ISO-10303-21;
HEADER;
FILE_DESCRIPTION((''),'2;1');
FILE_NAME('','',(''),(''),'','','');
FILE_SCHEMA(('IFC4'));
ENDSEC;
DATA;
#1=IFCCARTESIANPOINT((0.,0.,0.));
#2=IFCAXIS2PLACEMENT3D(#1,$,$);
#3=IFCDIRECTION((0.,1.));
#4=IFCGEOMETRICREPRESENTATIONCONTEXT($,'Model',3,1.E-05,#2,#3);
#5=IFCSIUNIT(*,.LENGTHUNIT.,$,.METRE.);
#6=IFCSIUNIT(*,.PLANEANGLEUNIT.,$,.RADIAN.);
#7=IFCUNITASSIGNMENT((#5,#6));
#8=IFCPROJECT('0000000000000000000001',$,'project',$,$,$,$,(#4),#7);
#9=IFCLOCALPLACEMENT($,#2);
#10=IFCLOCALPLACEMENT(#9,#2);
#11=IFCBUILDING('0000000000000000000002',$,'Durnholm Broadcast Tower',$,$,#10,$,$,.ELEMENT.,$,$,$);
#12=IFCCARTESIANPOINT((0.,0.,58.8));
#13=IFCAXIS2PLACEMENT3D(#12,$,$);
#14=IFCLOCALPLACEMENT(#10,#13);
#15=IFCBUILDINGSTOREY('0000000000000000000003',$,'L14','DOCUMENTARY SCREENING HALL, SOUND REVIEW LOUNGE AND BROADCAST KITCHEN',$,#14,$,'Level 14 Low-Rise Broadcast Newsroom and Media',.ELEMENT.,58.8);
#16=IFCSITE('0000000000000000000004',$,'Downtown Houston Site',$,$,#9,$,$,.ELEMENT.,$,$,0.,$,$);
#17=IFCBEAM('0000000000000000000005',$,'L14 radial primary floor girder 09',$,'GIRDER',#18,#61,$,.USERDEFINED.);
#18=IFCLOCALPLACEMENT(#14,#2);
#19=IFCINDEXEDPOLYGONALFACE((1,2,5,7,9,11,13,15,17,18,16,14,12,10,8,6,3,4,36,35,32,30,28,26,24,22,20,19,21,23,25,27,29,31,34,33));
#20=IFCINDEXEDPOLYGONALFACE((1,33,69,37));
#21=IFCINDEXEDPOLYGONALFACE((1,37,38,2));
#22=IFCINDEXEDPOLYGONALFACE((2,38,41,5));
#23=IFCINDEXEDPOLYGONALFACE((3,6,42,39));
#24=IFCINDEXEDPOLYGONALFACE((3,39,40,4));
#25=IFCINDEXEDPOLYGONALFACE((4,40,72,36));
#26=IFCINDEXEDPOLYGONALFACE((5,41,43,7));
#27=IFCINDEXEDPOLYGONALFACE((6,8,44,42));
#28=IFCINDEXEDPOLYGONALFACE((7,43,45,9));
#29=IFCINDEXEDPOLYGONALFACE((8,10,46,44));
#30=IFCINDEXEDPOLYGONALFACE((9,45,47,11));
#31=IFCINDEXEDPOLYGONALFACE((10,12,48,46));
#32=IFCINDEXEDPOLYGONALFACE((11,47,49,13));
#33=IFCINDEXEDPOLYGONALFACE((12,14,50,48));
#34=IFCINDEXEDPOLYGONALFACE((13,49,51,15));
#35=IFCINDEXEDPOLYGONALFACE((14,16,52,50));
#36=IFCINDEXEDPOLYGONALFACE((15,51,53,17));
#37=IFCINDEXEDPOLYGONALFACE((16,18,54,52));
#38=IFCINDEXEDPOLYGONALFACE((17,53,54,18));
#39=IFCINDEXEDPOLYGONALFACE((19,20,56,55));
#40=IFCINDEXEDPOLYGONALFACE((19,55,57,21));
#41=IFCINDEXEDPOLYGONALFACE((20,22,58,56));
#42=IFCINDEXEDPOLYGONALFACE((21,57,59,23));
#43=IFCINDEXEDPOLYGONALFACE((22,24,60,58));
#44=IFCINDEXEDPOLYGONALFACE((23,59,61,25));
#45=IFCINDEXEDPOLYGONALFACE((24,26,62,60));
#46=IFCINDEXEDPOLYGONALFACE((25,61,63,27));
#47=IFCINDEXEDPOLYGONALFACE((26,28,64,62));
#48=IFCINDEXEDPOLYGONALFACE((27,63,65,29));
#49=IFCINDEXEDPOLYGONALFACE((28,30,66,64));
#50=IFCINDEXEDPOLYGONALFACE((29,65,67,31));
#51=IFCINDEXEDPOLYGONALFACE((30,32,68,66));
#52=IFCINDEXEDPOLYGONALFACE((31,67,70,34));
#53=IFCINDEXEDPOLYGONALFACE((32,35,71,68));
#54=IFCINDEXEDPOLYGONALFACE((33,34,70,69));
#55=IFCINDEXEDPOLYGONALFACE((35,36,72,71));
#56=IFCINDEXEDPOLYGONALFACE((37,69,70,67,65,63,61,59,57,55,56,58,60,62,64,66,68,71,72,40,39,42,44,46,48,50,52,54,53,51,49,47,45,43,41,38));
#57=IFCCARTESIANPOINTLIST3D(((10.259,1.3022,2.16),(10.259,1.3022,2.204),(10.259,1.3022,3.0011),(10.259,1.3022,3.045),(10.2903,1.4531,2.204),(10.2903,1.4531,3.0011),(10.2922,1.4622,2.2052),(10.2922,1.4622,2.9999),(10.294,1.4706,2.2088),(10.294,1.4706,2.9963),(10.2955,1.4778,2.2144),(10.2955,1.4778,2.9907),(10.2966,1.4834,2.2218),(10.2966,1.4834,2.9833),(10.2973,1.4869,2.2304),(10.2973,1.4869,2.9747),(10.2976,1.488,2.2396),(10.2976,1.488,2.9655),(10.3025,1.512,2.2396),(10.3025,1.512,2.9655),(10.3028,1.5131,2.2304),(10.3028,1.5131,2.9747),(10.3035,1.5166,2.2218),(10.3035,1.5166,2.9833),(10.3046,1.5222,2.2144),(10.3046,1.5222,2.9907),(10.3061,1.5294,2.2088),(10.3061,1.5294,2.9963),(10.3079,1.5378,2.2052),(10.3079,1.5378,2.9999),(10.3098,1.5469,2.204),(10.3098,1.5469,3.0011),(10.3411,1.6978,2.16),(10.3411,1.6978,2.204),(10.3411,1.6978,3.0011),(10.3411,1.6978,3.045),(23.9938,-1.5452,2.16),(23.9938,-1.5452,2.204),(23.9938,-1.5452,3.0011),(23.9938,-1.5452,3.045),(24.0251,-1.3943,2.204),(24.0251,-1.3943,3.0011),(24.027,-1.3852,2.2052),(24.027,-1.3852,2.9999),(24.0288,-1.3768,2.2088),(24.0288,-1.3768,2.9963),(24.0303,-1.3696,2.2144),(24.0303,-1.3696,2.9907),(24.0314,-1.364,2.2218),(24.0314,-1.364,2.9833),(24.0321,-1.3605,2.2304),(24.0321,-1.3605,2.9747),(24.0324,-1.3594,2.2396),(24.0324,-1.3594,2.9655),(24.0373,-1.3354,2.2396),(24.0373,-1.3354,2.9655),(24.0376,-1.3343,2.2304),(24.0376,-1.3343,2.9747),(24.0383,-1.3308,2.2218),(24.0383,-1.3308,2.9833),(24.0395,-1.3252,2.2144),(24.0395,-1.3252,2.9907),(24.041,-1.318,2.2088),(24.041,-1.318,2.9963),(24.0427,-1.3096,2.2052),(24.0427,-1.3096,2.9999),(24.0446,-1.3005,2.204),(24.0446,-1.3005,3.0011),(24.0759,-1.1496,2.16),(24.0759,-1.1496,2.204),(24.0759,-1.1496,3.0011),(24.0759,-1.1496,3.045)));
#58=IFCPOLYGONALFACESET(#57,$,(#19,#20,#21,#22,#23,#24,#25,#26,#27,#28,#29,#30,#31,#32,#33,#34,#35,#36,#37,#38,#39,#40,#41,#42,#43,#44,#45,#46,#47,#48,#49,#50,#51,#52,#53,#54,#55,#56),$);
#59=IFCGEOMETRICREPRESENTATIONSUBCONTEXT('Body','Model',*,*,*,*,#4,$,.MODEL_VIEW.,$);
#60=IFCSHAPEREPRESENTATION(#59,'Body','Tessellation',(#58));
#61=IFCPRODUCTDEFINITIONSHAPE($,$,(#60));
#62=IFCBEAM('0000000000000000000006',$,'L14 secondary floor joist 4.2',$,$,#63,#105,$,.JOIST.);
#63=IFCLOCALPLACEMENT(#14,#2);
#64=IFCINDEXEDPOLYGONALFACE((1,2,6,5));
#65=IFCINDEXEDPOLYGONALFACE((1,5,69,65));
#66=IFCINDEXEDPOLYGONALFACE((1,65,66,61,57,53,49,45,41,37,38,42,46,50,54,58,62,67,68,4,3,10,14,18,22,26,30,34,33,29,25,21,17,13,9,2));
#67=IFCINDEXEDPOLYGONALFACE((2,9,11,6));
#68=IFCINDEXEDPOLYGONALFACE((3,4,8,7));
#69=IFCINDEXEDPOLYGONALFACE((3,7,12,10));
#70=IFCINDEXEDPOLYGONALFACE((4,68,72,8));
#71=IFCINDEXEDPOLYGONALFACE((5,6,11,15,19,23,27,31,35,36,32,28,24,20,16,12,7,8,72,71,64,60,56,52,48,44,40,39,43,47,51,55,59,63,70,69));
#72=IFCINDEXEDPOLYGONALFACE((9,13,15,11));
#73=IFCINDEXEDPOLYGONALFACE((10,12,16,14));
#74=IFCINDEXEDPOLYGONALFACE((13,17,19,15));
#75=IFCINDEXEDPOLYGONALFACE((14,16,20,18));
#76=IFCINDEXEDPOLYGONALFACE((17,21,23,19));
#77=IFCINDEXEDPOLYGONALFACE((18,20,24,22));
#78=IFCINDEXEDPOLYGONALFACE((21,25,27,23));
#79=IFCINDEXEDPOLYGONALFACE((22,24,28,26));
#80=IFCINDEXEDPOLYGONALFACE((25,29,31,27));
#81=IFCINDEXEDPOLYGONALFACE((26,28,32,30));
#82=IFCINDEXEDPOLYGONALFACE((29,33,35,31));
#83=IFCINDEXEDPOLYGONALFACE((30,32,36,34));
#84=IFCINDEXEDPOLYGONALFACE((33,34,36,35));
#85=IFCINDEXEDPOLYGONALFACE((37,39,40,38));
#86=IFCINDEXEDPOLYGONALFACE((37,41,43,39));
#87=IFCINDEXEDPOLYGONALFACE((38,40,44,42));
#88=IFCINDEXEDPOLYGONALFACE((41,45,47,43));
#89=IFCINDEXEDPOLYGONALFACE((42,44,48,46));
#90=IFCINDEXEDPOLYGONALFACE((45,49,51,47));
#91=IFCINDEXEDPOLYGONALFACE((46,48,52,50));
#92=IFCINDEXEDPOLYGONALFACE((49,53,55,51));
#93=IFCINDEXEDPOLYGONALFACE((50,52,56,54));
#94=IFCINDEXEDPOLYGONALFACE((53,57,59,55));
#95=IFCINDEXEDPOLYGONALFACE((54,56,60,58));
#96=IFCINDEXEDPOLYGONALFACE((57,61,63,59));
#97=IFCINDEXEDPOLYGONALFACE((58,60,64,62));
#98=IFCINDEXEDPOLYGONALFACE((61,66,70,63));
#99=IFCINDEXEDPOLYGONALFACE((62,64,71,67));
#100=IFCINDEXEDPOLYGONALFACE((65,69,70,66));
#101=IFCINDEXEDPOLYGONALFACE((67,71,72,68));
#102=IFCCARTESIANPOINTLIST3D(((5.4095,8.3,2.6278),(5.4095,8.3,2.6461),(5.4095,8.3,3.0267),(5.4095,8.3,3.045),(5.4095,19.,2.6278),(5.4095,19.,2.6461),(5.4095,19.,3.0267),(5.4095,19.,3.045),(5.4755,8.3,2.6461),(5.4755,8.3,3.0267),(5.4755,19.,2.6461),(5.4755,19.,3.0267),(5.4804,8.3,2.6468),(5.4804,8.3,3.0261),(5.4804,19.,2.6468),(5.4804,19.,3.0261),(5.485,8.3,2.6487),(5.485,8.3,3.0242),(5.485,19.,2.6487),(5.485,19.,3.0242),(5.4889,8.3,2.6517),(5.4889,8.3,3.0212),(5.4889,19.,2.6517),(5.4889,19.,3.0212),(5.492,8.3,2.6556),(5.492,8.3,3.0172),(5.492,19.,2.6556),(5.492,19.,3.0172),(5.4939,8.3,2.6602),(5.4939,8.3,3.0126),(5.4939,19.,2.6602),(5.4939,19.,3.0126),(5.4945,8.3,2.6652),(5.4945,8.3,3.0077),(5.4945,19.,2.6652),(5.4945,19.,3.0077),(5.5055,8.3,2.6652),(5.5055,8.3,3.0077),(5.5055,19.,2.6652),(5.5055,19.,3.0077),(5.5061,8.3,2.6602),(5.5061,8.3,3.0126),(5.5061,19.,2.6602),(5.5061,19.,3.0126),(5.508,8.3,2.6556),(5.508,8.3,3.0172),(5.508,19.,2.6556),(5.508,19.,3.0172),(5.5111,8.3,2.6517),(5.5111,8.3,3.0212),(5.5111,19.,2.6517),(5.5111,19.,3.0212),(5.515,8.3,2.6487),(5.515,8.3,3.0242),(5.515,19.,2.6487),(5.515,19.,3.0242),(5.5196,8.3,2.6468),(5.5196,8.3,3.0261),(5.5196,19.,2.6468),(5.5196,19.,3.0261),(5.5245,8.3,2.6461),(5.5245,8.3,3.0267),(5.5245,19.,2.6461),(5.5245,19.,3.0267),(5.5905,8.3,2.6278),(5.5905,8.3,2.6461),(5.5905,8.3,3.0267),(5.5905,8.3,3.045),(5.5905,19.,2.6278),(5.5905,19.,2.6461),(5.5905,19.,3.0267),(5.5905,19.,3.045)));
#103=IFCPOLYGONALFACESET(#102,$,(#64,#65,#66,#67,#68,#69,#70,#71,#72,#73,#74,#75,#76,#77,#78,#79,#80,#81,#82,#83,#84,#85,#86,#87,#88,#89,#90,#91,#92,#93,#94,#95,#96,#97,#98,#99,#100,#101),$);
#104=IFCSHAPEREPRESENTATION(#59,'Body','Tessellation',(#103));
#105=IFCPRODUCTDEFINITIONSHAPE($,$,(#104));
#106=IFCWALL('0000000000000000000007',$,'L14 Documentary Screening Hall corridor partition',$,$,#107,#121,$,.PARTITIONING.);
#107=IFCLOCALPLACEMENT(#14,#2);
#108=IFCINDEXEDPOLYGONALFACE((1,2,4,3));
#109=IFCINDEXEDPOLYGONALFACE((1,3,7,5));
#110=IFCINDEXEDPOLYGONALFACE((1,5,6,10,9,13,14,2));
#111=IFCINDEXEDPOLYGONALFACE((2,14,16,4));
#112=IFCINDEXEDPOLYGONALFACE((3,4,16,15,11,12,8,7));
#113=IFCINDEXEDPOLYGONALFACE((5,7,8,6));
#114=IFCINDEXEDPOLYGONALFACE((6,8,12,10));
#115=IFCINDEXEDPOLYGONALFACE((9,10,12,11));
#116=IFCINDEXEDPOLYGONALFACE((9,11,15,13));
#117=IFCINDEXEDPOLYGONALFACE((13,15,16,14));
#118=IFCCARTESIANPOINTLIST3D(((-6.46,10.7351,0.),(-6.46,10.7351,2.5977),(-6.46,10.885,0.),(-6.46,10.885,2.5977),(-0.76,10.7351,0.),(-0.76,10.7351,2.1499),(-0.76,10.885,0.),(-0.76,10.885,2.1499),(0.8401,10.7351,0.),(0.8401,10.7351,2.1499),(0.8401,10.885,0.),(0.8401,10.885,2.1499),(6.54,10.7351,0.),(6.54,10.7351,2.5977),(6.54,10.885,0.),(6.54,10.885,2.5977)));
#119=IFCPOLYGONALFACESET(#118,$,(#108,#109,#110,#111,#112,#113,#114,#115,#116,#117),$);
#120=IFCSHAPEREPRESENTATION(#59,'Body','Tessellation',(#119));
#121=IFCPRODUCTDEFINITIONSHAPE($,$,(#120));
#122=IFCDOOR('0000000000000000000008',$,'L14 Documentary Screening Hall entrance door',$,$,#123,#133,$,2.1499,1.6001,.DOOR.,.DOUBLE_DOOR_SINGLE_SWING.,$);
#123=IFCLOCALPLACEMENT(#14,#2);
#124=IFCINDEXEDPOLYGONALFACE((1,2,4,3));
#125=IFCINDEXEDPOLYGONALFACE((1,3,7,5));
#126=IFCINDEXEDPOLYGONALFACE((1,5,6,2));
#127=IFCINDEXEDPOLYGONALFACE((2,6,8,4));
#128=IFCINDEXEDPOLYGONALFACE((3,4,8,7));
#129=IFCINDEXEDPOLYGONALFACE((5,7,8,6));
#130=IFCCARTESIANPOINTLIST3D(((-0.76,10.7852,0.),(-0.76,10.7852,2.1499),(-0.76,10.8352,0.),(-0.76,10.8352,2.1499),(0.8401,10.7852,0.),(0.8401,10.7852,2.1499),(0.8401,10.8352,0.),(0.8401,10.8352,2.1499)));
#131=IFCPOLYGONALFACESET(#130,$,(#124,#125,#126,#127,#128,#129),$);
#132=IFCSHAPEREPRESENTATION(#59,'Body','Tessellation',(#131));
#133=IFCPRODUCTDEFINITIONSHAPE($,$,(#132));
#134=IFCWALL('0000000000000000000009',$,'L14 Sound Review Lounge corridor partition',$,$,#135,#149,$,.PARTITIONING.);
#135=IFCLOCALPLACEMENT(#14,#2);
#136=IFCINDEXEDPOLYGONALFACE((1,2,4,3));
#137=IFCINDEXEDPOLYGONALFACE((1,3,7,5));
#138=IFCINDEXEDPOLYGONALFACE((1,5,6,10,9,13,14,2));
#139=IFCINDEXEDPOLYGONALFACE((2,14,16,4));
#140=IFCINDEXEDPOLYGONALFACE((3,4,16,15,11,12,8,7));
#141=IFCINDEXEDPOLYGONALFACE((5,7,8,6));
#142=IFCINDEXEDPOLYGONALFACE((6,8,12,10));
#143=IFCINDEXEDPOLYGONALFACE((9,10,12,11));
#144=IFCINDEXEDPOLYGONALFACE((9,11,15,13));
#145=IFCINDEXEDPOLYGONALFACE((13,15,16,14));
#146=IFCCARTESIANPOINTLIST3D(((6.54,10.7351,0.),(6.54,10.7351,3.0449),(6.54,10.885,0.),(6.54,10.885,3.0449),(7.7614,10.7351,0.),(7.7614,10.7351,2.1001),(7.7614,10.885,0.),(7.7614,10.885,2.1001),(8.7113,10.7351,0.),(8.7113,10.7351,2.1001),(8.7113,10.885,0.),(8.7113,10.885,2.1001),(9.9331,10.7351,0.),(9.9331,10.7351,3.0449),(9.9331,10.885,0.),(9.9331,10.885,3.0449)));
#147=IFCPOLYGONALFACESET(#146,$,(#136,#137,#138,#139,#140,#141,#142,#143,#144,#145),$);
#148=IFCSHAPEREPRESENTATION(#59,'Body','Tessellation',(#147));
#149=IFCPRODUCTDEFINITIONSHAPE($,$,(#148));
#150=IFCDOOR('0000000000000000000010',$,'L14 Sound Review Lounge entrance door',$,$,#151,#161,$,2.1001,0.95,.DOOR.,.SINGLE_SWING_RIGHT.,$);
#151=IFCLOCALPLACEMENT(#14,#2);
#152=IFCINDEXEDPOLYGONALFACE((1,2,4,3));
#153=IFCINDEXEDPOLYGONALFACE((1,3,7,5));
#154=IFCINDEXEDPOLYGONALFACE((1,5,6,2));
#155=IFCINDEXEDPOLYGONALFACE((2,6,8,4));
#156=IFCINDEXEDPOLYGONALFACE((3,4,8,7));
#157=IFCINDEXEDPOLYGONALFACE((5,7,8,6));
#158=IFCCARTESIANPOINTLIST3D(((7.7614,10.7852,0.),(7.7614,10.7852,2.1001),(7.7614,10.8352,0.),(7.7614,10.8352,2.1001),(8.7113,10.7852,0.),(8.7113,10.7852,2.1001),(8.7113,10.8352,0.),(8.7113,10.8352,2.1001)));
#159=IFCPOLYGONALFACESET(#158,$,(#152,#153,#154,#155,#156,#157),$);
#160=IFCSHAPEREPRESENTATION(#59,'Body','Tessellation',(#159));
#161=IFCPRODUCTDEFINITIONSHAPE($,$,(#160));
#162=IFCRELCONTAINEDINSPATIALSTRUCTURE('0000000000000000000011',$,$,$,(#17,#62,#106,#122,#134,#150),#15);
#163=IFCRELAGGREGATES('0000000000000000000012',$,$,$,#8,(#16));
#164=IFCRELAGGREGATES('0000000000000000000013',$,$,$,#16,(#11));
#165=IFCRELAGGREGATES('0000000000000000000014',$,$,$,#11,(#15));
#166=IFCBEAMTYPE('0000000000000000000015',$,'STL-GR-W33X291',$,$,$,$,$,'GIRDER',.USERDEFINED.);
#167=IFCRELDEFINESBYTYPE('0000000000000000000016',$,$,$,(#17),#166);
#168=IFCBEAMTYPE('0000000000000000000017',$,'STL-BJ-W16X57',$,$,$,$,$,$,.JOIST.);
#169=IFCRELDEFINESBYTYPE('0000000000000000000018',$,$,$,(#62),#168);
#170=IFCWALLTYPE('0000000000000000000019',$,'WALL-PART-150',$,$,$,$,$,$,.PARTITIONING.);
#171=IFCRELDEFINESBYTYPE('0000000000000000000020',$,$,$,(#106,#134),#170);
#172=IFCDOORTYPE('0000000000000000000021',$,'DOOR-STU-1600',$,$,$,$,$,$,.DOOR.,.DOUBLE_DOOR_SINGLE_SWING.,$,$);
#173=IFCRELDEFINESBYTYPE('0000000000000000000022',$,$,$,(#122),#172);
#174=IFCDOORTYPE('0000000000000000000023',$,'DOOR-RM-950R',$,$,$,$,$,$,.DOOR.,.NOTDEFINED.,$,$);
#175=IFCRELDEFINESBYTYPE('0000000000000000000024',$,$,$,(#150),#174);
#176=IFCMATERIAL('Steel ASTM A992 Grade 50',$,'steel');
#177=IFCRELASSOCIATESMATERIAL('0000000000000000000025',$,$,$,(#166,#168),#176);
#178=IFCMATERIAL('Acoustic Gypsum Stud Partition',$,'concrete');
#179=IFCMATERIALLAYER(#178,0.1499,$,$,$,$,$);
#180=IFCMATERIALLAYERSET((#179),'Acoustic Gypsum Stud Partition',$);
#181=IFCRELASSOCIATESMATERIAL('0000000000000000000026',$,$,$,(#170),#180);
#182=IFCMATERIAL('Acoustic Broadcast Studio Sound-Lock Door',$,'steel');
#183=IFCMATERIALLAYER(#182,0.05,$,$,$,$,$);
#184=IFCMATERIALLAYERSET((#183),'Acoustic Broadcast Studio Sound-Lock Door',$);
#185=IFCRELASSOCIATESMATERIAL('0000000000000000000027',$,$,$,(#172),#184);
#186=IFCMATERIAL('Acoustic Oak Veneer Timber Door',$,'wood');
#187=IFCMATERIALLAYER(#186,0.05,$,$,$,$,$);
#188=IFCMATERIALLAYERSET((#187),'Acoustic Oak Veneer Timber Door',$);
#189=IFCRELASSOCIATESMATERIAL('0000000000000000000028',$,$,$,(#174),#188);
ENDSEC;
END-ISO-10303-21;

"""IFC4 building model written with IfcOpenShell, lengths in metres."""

from ifc_helpers import new_model, si_unit, direction, frame, frame_2d, origin, origin_2d, place, context, subcontext, project, spatial, rectangle, i_section, extrude, source, transform, mapped, material, layer, layer_set, material_profile, profile_set, type_object, type_shapes, element, fill, save


model = new_model("IFC4")

# Units and contexts
model_context = context("Model", 3, precision=1e-05, world=origin(), true_north=direction((0.0, 1.0)))
body_context = subcontext(model_context, "Body", "Model", "MODEL_VIEW")
ifc_project = project(units=[si_unit("LENGTHUNIT", "METRE"), si_unit("PLANEANGLEUNIT", "RADIAN")], contexts=[model_context])

# Site, building, storey
site_placement = place(None, origin())
site = spatial("IfcSite", under=ifc_project, at=site_placement, Name="Downtown Houston Site", CompositionType="ELEMENT", RefElevation=0.0)
building_placement = place(site_placement, origin())
building = spatial("IfcBuilding", under=site, at=building_placement, Name="Durnholm Broadcast Tower", CompositionType="ELEMENT")
storey_placement = place(building_placement, frame((0.0, 0.0, 58.8)))
storey = spatial("IfcBuildingStorey", under=building, at=storey_placement, Name="L14", Description="DOCUMENTARY SCREENING HALL, SOUND REVIEW LOUNGE AND BROADCAST KITCHEN", LongName="Level 14 Low-Rise Broadcast Newsroom and Media", CompositionType="ELEMENT", Elevation=58.8)

# Beams
ifc_material_1 = material(Name="Steel ASTM A992 Grade 50", Category="steel")
ifc_material_profile_1 = material_profile(ifc_material_1, i_section(OverallWidth=0.4041, OverallDepth=0.885, WebThickness=0.0244, FlangeThickness=0.0439, FilletRadius=0.0356, at=origin_2d()), Name="W33X291")
ifc_profile_set_1 = profile_set([ifc_material_profile_1], Name="Steel ASTM A992 Grade 50")
beam_type_1 = type_object("IfcBeamType", Name="STL-GR-W33X291", ElementType="GIRDER", PredefinedType="USERDEFINED", material=ifc_profile_set_1)
shared_shape_1 = source(origin(), body_context, "Body", "SweptSolid", [
    extrude(i_section(OverallWidth=0.4041, OverallDepth=0.885, WebThickness=0.0244, FlangeThickness=0.0439, FilletRadius=0.0356, at=origin_2d()), origin(), (0.0, 0.0, 1.0), 14.0269),
])
beam_1_placement = place(storey_placement, frame((10.3, 1.5, 2.6025), z_axis=(0.979179, -0.202996, 0.0), x_axis=(0.202996, 0.979179, 0.0)))
element("IfcBeam", 1, at=beam_1_placement, inside=storey, type_object=beam_type_1, Name="L14 radial primary floor girder 09", ObjectType="GIRDER", PredefinedType="USERDEFINED", context=body_context, shape_type="MappedRepresentation", body=[
    mapped(shared_shape_1, transform((0.0, 0.0, 0.0), x_axis=(1.0, 0.0, 0.0), y_axis=(0.0, 1.0, 0.0), z_axis=(0.0, 0.0, 1.0), scale=1.0)),
])
ifc_material_profile_2 = material_profile(ifc_material_1, i_section(OverallWidth=0.1809, OverallDepth=0.4172, WebThickness=0.011, FlangeThickness=0.0183, FilletRadius=0.019, at=origin_2d()), Name="W16X57")
ifc_profile_set_2 = profile_set([ifc_material_profile_2], Name="Steel ASTM A992 Grade 50")
beam_type_2 = type_object("IfcBeamType", Name="STL-BJ-W16X57", PredefinedType="JOIST", material=ifc_profile_set_2)
shared_shape_2 = source(origin(), body_context, "Body", "SweptSolid", [
    extrude(i_section(OverallWidth=0.1809, OverallDepth=0.4172, WebThickness=0.011, FlangeThickness=0.0183, FilletRadius=0.019, at=origin_2d()), origin(), (0.0, 0.0, 1.0), 10.7),
])
type_shapes(beam_type_2, [shared_shape_2])
beam_2_placement = place(storey_placement, frame((5.5, 8.3, 2.8364), z_axis=(0.0, 1.0, 0.0), x_axis=(-1.0, 0.0, 0.0)))
element("IfcBeam", 2, at=beam_2_placement, inside=storey, type_object=beam_type_2, Name="L14 secondary floor joist 4.2", PredefinedType="JOIST", context=body_context, shape_type="MappedRepresentation", body=[
    mapped(shared_shape_2, transform((0.0, 0.0, 0.0), x_axis=(1.0, 0.0, 0.0), y_axis=(0.0, 1.0, 0.0), z_axis=(0.0, 0.0, 1.0), scale=1.0)),
])

# Walls, openings, doors
ifc_material_2 = material(Name="Acoustic Gypsum Stud Partition", Category="concrete")
ifc_layer_1 = layer(ifc_material_2, 0.1499)
ifc_layer_set_1 = layer_set([ifc_layer_1], Name="Acoustic Gypsum Stud Partition")
wall_type_1 = type_object("IfcWallType", Name="WALL-PART-150", PredefinedType="PARTITIONING", material=ifc_layer_set_1)
wall_1_placement = place(storey_placement, frame((6.54, 10.8101, 0.0), z_axis=(0.0, 0.0, 1.0), x_axis=(-1.0, 0.0, 0.0)))
wall_1 = element("IfcWall", 3, at=wall_1_placement, inside=storey, type_object=wall_type_1, Name="L14 Documentary Screening Hall corridor partition", PredefinedType="PARTITIONING", context=body_context, shape_type="SweptSolid", body=[
    extrude(rectangle(XDim=13.0, YDim=0.1499, at=frame_2d((6.5, 0.0))), origin(), (0.0, 0.0, 1.0), 2.5977),
])
opening_1_placement = place(wall_1_placement, frame((5.7, 0.0, 0.0)))
opening_1 = element("IfcOpeningElement", 4, at=opening_1_placement, cuts=wall_1, PredefinedType="OPENING", context=body_context, shape_type="SweptSolid", body=[
    extrude(rectangle(XDim=1.6001, YDim=2.1499, at=frame_2d((0.8, 1.075))), frame((0.0, 0.085, 0.0), z_axis=(0.0, -1.0, 0.0), x_axis=(1.0, 0.0, 0.0)), (0.0, 0.0, 1.0), 0.1699),
])
ifc_material_3 = material(Name="Acoustic Broadcast Studio Sound-Lock Door", Category="steel")
ifc_layer_2 = layer(ifc_material_3, 0.05)
ifc_layer_set_2 = layer_set([ifc_layer_2], Name="Acoustic Broadcast Studio Sound-Lock Door")
door_type_1 = type_object("IfcDoorType", Name="DOOR-STU-1600", OperationType="DOUBLE_DOOR_SINGLE_SWING", PredefinedType="DOOR", material=ifc_layer_set_2)
shared_shape_3 = source(origin(), body_context, "Body", "SweptSolid", [
    extrude(rectangle(XDim=1.6001, YDim=2.1499, at=frame_2d((0.8, 1.075))), frame((0.0, 0.0249, 0.0), z_axis=(0.0, -1.0, 0.0), x_axis=(1.0, 0.0, 0.0)), (0.0, 0.0, 1.0), 0.05),
])
type_shapes(door_type_1, [shared_shape_3])
door_1_placement = place(opening_1_placement, origin())
door_1 = element("IfcDoor", 5, at=door_1_placement, inside=storey, type_object=door_type_1, Name="L14 Documentary Screening Hall entrance door", OperationType="DOUBLE_DOOR_SINGLE_SWING", OverallHeight=2.1499, OverallWidth=1.6001, PredefinedType="DOOR", context=body_context, shape_type="MappedRepresentation", body=[
    mapped(shared_shape_3, transform((0.0, 0.0, 0.0), x_axis=(1.0, 0.0, 0.0), y_axis=(0.0, 1.0, 0.0), z_axis=(0.0, 0.0, 1.0), scale=1.0)),
])
fill(opening_1, door_1)
wall_2_placement = place(storey_placement, frame((9.9331, 10.8101, 0.0), z_axis=(0.0, 0.0, 1.0), x_axis=(-1.0, 0.0, 0.0)))
wall_2 = element("IfcWall", 6, at=wall_2_placement, inside=storey, type_object=wall_type_1, Name="L14 Sound Review Lounge corridor partition", PredefinedType="PARTITIONING", context=body_context, shape_type="SweptSolid", body=[
    extrude(rectangle(XDim=3.3931, YDim=0.1499, at=frame_2d((1.6965, 0.0))), origin(), (0.0, 0.0, 1.0), 3.0449),
])
opening_2_placement = place(wall_2_placement, frame((1.2217, 0.0, 0.0)))
opening_2 = element("IfcOpeningElement", 7, at=opening_2_placement, cuts=wall_2, PredefinedType="OPENING", context=body_context, shape_type="SweptSolid", body=[
    extrude(rectangle(XDim=0.95, YDim=2.1001, at=frame_2d((0.4751, 1.05))), frame((0.0, 0.085, 0.0), z_axis=(0.0, -1.0, 0.0), x_axis=(1.0, 0.0, 0.0)), (0.0, 0.0, 1.0), 0.1699),
])
ifc_material_4 = material(Name="Acoustic Oak Veneer Timber Door", Category="wood")
ifc_layer_3 = layer(ifc_material_4, 0.05)
ifc_layer_set_3 = layer_set([ifc_layer_3], Name="Acoustic Oak Veneer Timber Door")
door_type_2 = type_object("IfcDoorType", Name="DOOR-RM-950R", OperationType="NOTDEFINED", PredefinedType="DOOR", material=ifc_layer_set_3)
shared_shape_4 = source(origin(), body_context, "Body", "SweptSolid", [
    extrude(rectangle(XDim=0.95, YDim=2.1001, at=frame_2d((0.4751, 1.05))), frame((0.0, 0.0249, 0.0), z_axis=(0.0, -1.0, 0.0), x_axis=(1.0, 0.0, 0.0)), (0.0, 0.0, 1.0), 0.05),
])
type_shapes(door_type_2, [shared_shape_4])
door_2_placement = place(opening_2_placement, origin())
door_2 = element("IfcDoor", 8, at=door_2_placement, inside=storey, type_object=door_type_2, Name="L14 Sound Review Lounge entrance door", OperationType="SINGLE_SWING_RIGHT", OverallHeight=2.1001, OverallWidth=0.95, PredefinedType="DOOR", context=body_context, shape_type="MappedRepresentation", body=[
    mapped(shared_shape_4, transform((0.0, 0.0, 0.0), x_axis=(1.0, 0.0, 0.0), y_axis=(0.0, 1.0, 0.0), z_axis=(0.0, 0.0, 1.0), scale=1.0)),
])
fill(opening_2, door_2)

save(model, "model.ifc")
